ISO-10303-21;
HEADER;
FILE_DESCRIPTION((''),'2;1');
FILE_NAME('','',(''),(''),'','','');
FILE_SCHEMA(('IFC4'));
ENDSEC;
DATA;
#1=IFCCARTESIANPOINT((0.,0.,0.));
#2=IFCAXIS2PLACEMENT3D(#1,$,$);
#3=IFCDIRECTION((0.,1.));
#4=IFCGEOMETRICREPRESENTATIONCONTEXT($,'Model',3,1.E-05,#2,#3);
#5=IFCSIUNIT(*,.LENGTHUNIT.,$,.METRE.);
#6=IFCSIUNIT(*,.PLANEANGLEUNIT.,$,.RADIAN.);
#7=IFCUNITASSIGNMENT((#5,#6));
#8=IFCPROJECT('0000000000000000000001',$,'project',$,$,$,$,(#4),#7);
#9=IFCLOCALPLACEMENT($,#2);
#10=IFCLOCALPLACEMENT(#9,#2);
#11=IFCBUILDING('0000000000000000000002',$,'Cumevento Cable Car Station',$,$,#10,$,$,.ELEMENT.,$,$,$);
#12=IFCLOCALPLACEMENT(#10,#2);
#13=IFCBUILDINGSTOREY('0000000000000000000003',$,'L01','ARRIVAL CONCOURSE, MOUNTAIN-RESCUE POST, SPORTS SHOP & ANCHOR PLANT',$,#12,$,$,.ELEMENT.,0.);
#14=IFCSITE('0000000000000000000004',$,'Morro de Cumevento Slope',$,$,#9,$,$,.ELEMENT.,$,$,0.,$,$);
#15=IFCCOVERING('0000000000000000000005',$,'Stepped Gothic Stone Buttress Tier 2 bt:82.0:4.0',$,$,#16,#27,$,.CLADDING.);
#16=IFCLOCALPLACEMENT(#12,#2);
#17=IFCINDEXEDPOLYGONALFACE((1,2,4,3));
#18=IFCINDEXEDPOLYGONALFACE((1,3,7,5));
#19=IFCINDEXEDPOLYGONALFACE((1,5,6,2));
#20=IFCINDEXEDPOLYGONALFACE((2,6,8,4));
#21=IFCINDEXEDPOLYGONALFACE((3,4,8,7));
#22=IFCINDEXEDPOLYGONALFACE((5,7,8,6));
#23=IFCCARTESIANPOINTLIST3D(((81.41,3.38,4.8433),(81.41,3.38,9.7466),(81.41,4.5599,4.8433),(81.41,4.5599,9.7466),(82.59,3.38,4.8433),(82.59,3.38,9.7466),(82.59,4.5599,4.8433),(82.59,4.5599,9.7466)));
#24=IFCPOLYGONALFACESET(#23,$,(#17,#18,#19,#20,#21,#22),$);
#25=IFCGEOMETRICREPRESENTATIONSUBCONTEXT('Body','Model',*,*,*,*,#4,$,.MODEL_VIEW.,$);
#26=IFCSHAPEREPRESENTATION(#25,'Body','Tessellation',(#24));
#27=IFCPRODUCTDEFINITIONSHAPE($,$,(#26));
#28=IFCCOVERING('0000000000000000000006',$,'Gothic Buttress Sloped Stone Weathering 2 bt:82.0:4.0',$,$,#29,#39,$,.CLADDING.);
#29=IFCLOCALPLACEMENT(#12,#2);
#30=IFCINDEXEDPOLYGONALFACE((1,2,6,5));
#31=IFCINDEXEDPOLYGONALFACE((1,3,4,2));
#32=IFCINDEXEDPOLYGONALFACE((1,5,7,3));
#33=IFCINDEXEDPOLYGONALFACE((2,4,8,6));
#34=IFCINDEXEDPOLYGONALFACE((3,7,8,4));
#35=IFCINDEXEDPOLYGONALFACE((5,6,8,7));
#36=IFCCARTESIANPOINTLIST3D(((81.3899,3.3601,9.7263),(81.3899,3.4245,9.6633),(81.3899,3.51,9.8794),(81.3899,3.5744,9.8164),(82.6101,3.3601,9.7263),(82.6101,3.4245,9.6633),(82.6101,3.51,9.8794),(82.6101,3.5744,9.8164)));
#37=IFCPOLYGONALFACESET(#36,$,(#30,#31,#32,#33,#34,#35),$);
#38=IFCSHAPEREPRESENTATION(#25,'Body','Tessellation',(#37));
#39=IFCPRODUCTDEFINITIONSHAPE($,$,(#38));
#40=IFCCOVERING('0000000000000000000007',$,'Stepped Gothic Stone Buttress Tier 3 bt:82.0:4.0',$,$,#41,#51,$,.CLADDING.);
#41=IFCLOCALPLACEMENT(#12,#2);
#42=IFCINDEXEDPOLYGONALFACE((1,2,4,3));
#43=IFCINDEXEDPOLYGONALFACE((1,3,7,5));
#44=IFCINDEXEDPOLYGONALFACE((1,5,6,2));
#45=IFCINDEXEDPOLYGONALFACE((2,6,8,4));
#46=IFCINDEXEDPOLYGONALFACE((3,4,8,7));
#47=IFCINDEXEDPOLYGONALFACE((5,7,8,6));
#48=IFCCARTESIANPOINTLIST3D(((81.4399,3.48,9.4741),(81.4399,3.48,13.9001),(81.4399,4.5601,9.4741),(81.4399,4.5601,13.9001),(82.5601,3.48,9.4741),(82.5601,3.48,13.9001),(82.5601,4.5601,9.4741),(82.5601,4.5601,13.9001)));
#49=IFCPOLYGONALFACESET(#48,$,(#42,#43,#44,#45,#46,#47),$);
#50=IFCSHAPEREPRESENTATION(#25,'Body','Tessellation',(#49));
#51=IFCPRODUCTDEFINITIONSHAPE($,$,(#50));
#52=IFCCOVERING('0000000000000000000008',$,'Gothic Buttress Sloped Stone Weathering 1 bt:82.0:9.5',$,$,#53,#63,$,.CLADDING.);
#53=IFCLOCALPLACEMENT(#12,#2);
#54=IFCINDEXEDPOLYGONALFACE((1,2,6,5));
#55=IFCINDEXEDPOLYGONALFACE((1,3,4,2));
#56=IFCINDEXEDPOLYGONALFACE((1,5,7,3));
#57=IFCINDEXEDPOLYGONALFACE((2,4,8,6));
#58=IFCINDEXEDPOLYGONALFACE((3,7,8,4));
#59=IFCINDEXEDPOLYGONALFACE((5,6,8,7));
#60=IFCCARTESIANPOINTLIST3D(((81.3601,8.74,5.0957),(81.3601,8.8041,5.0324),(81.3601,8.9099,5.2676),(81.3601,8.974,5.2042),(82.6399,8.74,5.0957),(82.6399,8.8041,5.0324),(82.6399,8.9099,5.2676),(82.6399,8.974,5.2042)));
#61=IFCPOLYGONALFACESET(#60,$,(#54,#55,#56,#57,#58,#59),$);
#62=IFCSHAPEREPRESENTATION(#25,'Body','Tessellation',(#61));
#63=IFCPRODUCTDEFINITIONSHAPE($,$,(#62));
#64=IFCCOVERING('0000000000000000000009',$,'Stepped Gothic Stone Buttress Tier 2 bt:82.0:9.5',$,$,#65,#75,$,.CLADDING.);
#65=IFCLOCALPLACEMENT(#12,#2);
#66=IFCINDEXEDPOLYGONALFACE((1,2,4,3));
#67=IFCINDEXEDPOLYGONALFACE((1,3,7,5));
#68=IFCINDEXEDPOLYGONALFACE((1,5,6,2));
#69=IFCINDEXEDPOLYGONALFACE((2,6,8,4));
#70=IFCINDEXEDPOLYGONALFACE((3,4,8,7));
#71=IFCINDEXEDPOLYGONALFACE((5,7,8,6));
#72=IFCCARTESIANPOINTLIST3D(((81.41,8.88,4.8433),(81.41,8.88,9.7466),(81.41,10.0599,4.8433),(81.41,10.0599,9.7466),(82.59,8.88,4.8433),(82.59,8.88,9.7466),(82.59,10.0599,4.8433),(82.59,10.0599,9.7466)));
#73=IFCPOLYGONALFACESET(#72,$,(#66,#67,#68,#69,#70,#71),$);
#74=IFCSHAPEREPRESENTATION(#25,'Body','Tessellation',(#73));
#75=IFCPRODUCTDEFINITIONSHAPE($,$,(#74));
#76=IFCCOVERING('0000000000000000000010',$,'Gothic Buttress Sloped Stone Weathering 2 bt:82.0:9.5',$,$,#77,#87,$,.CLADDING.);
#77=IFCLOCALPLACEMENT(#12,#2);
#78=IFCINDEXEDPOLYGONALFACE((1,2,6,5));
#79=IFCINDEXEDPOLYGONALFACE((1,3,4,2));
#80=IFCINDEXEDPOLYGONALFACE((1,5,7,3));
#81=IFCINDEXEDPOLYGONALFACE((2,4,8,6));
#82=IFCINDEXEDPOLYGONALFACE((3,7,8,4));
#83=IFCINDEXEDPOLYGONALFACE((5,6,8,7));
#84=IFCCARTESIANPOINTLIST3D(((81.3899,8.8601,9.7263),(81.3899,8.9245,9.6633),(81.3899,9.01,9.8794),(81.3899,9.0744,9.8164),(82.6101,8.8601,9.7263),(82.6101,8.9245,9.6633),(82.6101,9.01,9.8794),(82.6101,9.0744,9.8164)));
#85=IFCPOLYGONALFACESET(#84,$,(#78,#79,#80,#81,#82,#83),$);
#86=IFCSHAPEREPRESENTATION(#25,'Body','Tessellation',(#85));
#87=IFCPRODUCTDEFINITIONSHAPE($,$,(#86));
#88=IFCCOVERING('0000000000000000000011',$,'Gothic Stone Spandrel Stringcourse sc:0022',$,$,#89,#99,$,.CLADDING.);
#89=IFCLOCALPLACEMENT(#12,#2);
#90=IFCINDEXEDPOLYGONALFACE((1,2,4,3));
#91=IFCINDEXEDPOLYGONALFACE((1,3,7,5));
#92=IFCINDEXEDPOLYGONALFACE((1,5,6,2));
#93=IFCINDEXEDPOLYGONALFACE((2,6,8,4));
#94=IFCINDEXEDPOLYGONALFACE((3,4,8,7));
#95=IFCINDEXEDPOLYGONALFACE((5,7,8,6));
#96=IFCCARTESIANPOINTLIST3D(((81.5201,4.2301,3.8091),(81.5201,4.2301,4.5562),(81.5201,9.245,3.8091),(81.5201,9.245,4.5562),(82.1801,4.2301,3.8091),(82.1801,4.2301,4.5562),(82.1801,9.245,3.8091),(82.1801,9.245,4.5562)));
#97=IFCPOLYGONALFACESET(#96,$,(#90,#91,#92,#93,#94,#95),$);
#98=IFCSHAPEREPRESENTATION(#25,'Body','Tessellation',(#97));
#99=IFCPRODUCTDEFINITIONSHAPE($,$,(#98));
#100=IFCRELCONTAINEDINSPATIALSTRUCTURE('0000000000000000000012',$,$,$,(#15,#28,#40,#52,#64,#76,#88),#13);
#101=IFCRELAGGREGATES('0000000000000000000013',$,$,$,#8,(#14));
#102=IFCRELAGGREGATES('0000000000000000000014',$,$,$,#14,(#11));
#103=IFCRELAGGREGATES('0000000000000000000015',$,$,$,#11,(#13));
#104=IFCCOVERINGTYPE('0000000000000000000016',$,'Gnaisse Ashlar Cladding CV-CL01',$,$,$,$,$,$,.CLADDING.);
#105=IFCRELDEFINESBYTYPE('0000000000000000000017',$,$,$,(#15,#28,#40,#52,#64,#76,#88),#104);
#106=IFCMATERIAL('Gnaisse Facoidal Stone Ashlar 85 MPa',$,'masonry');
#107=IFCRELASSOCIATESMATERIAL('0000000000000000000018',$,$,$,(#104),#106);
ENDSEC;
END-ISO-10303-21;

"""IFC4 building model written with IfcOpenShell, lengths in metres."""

from ifc_helpers import new_model, si_unit, direction, frame, origin, origin_2d, place, context, subcontext, project, spatial, polyline, rectangle, outline, extrude, material, type_object, element, save


model = new_model("IFC4")

# Units and contexts
model_context = context("Model", 3, precision=1e-05, world=origin(), true_north=direction((0.0, 1.0)))
body_context = subcontext(model_context, "Body", "Model", "MODEL_VIEW")
ifc_project = project(units=[si_unit("LENGTHUNIT", "METRE"), si_unit("PLANEANGLEUNIT", "RADIAN")], contexts=[model_context])

# Site, building, storey
site_placement = place(None, origin())
site = spatial("IfcSite", under=ifc_project, at=site_placement, Name="Morro de Cumevento Slope", CompositionType="ELEMENT", RefElevation=0.0)
building_placement = place(site_placement, origin())
building = spatial("IfcBuilding", under=site, at=building_placement, Name="Cumevento Cable Car Station", CompositionType="ELEMENT")
storey_placement = place(building_placement, origin())
storey = spatial("IfcBuildingStorey", under=building, at=storey_placement, Name="L01", Description="ARRIVAL CONCOURSE, MOUNTAIN-RESCUE POST, SPORTS SHOP & ANCHOR PLANT", CompositionType="ELEMENT", Elevation=0.0)

# Coverings
ifc_material_1 = material(Name="Gnaisse Facoidal Stone Ashlar 85 MPa", Category="masonry")
covering_type = type_object("IfcCoveringType", Name="Gnaisse Ashlar Cladding CV-CL01", PredefinedType="CLADDING", material=ifc_material_1)
covering_1_placement = place(storey_placement, frame((82.0, 3.97, 4.8433), z_axis=(0.0, 0.0, 1.0), x_axis=(1.0, 0.0, 0.0)))
element("IfcCovering", 1, at=covering_1_placement, inside=storey, type_object=covering_type, Name="Stepped Gothic Stone Buttress Tier 2 bt:82.0:4.0", PredefinedType="CLADDING", context=body_context, shape_type="SweptSolid", body=[
    extrude(rectangle(XDim=1.1799, YDim=1.1799, at=origin_2d()), origin(), (0.0, 0.0, 1.0), 4.9033),
])
covering_2_placement = place(storey_placement, frame((81.3899, 3.3601, 9.7263), z_axis=(0.0, -0.714475, 0.699661), x_axis=(1.0, 0.0, 0.0)))
element("IfcCovering", 2, at=covering_2_placement, inside=storey, type_object=covering_type, Name="Gothic Buttress Sloped Stone Weathering 2 bt:82.0:4.0", PredefinedType="CLADDING", context=body_context, shape_type="SweptSolid", body=[
    extrude(outline(polyline([(0.0, 0.0), (1.2202, 0.0), (1.2202, 0.2142), (0.0, 0.2142), (0.0, 0.0)])), origin(), (0.0, 0.0, -1.0), 0.0901),
])
covering_3_placement = place(storey_placement, frame((82.0, 4.02, 9.4741), z_axis=(0.0, 0.0, 1.0), x_axis=(1.0, 0.0, 0.0)))
element("IfcCovering", 3, at=covering_3_placement, inside=storey, type_object=covering_type, Name="Stepped Gothic Stone Buttress Tier 3 bt:82.0:4.0", PredefinedType="CLADDING", context=body_context, shape_type="SweptSolid", body=[
    extrude(rectangle(XDim=1.1201, YDim=1.0801, at=origin_2d()), origin(), (0.0, 0.0, 1.0), 4.426),
])
covering_4_placement = place(storey_placement, frame((81.3601, 8.74, 5.0957), z_axis=(0.0, -0.711136, 0.703055), x_axis=(1.0, 0.0, 0.0)))
element("IfcCovering", 4, at=covering_4_placement, inside=storey, type_object=covering_type, Name="Gothic Buttress Sloped Stone Weathering 1 bt:82.0:9.5", PredefinedType="CLADDING", context=body_context, shape_type="SweptSolid", body=[
    extrude(outline(polyline([(0.0, 0.0), (1.2798, 0.0), (1.2798, 0.2417), (0.0, 0.2417), (0.0, 0.0)])), origin(), (0.0, 0.0, -1.0), 0.0901),
])
covering_5_placement = place(storey_placement, frame((82.0, 9.47, 4.8433), z_axis=(0.0, 0.0, 1.0), x_axis=(1.0, 0.0, 0.0)))
element("IfcCovering", 5, at=covering_5_placement, inside=storey, type_object=covering_type, Name="Stepped Gothic Stone Buttress Tier 2 bt:82.0:9.5", PredefinedType="CLADDING", context=body_context, shape_type="SweptSolid", body=[
    extrude(rectangle(XDim=1.1799, YDim=1.1799, at=origin_2d()), origin(), (0.0, 0.0, 1.0), 4.9033),
])
covering_6_placement = place(storey_placement, frame((81.3899, 8.8601, 9.7263), z_axis=(0.0, -0.714475, 0.699661), x_axis=(1.0, 0.0, 0.0)))
element("IfcCovering", 6, at=covering_6_placement, inside=storey, type_object=covering_type, Name="Gothic Buttress Sloped Stone Weathering 2 bt:82.0:9.5", PredefinedType="CLADDING", context=body_context, shape_type="SweptSolid", body=[
    extrude(outline(polyline([(0.0, 0.0), (1.2202, 0.0), (1.2202, 0.2142), (0.0, 0.2142), (0.0, 0.0)])), origin(), (0.0, 0.0, -1.0), 0.0901),
])
covering_7_placement = place(storey_placement, frame((81.8501, 6.7375, 3.8091), z_axis=(0.0, 0.0, 1.0), x_axis=(0.0, -1.0, 0.0)))
element("IfcCovering", 7, at=covering_7_placement, inside=storey, type_object=covering_type, Name="Gothic Stone Spandrel Stringcourse sc:0022", PredefinedType="CLADDING", context=body_context, shape_type="SweptSolid", body=[
    extrude(rectangle(XDim=5.0149, YDim=0.6599, at=origin_2d()), origin(), (0.0, 0.0, 1.0), 0.7471),
])

save(model, "model.ifc")
